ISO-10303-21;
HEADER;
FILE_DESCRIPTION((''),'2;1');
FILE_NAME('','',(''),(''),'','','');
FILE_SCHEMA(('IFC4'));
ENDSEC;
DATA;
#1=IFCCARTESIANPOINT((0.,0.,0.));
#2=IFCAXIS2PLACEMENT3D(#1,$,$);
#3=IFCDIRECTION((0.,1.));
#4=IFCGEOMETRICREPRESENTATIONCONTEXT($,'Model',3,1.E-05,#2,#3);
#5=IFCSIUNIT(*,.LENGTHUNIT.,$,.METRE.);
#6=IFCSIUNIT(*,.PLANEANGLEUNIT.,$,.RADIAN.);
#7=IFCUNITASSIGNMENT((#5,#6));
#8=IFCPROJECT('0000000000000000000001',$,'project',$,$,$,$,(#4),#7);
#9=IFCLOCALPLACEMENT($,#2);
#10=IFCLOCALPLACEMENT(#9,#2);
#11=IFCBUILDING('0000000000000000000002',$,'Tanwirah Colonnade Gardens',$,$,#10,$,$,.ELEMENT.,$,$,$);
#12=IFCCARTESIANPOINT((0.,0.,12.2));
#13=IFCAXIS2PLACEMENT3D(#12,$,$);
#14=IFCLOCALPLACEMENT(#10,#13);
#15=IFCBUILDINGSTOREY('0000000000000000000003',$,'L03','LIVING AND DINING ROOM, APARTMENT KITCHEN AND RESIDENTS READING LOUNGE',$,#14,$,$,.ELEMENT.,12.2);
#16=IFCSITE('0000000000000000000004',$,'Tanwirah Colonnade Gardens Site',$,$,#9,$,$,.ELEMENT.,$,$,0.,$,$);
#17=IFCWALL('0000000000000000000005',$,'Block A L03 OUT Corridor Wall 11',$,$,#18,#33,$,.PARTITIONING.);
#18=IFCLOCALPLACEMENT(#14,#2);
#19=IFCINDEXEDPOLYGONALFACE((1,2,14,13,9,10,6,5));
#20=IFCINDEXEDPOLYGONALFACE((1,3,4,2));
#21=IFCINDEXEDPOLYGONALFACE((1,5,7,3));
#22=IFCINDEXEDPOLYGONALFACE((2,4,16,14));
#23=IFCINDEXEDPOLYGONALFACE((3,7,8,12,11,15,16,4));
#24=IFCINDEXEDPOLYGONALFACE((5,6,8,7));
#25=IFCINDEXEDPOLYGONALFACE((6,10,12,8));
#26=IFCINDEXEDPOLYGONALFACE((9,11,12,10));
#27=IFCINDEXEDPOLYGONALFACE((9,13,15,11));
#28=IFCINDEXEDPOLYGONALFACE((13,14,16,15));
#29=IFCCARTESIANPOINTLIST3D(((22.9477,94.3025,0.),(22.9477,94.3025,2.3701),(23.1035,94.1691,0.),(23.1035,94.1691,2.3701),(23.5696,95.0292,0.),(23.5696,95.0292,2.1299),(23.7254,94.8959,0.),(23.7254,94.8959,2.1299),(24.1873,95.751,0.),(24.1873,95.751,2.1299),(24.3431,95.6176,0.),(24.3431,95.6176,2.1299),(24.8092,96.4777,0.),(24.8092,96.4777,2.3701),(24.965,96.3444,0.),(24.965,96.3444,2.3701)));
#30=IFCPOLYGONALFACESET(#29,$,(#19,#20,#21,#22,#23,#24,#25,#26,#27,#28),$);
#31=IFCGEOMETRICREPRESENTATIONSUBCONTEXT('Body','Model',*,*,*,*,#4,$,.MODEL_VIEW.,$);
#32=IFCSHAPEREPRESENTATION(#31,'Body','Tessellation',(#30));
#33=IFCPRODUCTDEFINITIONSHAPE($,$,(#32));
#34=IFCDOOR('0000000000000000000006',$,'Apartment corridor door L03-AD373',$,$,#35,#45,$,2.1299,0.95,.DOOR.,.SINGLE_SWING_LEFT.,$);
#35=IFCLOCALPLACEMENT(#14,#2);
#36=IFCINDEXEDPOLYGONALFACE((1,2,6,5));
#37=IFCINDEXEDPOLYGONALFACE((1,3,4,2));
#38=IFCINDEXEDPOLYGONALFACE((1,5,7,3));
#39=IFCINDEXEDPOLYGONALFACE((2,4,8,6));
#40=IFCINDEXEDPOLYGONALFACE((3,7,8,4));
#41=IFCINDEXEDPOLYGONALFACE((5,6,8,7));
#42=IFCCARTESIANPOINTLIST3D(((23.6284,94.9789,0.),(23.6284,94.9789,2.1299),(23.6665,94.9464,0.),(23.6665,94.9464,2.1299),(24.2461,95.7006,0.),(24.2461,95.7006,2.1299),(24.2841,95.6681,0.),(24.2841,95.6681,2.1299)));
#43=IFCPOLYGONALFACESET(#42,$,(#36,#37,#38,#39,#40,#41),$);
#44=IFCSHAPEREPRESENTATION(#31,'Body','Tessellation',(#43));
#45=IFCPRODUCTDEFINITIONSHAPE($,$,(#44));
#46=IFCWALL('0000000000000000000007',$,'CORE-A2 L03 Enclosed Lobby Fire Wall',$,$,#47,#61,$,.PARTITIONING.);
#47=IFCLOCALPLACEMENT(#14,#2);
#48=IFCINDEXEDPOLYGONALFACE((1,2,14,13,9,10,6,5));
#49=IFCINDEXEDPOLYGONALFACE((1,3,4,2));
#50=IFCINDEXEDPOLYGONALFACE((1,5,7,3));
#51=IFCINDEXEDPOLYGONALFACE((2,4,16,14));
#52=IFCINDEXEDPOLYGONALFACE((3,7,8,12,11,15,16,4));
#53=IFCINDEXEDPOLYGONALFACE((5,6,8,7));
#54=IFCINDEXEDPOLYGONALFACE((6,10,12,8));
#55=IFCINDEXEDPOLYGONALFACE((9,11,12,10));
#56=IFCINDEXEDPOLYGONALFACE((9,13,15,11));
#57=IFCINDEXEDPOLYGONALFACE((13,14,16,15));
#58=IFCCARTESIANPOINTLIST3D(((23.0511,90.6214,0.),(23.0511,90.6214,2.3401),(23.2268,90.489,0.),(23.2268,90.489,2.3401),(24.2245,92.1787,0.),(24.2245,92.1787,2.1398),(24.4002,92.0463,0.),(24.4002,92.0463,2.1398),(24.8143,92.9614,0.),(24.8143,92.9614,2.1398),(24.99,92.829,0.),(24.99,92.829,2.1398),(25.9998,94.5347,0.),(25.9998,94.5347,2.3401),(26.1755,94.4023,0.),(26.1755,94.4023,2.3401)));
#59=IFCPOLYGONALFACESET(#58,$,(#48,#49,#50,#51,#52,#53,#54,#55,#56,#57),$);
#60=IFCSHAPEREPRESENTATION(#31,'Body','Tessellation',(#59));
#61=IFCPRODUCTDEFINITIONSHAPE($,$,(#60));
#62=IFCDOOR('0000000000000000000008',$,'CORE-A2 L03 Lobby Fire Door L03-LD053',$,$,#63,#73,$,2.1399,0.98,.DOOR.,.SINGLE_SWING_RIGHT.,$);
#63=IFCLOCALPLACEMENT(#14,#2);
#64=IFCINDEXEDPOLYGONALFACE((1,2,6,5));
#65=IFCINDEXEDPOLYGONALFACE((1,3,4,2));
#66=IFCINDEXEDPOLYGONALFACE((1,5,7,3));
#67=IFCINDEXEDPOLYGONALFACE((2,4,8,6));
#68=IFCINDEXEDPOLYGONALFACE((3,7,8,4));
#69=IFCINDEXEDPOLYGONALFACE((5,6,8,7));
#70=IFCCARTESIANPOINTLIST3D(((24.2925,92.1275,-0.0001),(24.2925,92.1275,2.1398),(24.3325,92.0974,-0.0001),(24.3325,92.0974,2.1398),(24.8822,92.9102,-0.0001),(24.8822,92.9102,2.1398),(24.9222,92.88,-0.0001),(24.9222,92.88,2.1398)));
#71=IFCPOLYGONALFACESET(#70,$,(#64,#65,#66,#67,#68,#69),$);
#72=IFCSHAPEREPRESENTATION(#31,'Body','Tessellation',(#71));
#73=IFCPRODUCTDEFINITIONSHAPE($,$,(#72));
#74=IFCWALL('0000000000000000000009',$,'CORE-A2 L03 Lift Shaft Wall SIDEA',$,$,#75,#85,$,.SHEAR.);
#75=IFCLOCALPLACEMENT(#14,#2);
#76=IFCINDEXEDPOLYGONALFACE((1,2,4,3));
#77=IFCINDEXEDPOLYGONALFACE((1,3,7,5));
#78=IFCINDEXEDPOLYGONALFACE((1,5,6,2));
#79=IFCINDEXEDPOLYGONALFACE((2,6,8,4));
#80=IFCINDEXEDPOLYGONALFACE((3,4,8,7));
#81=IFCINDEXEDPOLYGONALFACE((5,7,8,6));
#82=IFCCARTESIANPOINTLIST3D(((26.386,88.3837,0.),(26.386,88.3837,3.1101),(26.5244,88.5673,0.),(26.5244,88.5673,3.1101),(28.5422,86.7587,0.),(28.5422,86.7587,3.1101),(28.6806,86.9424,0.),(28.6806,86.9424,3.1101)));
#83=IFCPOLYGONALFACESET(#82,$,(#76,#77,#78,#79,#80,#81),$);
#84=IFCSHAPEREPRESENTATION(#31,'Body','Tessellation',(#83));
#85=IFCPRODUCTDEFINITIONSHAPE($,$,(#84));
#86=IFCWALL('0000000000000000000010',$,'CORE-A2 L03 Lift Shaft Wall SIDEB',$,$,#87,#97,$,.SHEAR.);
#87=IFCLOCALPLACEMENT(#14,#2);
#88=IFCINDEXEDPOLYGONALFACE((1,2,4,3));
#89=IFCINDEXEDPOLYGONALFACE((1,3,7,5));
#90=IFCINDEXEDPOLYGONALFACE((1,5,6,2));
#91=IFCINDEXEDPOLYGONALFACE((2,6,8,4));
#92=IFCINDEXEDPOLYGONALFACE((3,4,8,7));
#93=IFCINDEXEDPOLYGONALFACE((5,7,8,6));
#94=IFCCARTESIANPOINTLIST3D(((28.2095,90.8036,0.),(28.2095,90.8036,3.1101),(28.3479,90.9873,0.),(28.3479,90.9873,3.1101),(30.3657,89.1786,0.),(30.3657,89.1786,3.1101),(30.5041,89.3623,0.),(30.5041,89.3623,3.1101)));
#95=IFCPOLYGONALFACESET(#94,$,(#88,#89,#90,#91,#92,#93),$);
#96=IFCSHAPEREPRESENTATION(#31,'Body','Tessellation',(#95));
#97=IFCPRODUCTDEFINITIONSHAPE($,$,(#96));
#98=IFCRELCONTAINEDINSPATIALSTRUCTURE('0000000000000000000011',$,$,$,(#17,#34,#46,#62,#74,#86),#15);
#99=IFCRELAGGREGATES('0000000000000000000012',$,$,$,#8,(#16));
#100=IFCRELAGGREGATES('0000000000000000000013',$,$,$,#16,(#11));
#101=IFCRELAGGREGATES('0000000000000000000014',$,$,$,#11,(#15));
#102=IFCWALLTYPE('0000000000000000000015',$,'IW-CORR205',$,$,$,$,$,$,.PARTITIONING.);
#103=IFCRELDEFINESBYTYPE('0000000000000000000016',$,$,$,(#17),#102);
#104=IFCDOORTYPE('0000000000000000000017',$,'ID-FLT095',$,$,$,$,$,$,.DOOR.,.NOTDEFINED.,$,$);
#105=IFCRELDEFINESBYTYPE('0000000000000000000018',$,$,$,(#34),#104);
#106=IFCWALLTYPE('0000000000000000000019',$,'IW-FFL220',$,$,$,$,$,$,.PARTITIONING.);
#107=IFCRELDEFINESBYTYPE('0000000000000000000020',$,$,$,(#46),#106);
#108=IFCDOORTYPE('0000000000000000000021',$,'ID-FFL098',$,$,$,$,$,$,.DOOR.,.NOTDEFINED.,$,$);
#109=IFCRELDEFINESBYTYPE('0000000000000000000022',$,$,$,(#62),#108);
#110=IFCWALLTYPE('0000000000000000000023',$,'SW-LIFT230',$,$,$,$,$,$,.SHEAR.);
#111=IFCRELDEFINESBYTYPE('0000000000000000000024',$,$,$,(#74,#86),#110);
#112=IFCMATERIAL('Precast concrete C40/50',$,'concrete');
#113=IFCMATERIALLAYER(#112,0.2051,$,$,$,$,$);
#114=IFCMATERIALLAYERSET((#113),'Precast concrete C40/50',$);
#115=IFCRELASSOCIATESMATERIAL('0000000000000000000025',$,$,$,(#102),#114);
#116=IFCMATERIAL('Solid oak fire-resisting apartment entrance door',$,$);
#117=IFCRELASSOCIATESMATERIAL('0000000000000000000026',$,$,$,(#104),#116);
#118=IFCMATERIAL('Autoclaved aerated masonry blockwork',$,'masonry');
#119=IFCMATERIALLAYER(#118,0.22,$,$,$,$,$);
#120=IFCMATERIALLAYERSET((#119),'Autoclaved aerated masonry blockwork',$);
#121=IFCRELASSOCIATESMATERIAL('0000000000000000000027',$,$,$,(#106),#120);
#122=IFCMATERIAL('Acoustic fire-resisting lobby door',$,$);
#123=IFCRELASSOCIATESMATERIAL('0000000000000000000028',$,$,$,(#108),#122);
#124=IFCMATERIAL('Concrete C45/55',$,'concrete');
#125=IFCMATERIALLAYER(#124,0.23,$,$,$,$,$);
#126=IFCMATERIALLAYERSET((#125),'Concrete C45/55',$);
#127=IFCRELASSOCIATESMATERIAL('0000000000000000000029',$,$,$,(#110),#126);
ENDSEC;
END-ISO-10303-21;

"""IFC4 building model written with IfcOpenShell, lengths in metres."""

from ifc_helpers import new_model, si_unit, direction, frame, frame_2d, origin, place, context, subcontext, project, spatial, rectangle, extrude, material, layer, layer_set, type_object, element, fill, save


model = new_model("IFC4")

# Units and contexts
model_context = context("Model", 3, precision=1e-05, world=origin(), true_north=direction((0.0, 1.0)))
body_context = subcontext(model_context, "Body", "Model", "MODEL_VIEW")
ifc_project = project(units=[si_unit("LENGTHUNIT", "METRE"), si_unit("PLANEANGLEUNIT", "RADIAN")], contexts=[model_context])

# Site, building, storey
site_placement = place(None, origin())
site = spatial("IfcSite", under=ifc_project, at=site_placement, Name="Tanwirah Colonnade Gardens Site", CompositionType="ELEMENT", RefElevation=0.0)
building_placement = place(site_placement, origin())
building = spatial("IfcBuilding", under=site, at=building_placement, Name="Tanwirah Colonnade Gardens", CompositionType="ELEMENT")
storey_placement = place(building_placement, frame((0.0, 0.0, 12.2)))
storey = spatial("IfcBuildingStorey", under=building, at=storey_placement, Name="L03", Description="LIVING AND DINING ROOM, APARTMENT KITCHEN AND RESIDENTS READING LOUNGE", CompositionType="ELEMENT", Elevation=12.2)

# Shared definitions
ifc_material_1 = material(Name="Precast concrete C40/50", Category="concrete")

# Walls, openings, doors
ifc_layer_1 = layer(ifc_material_1, 0.2051)
ifc_layer_set_1 = layer_set([ifc_layer_1], Name="Precast concrete C40/50")
wall_type_1 = type_object("IfcWallType", Name="IW-CORR205", PredefinedType="PARTITIONING", material=ifc_layer_set_1)
wall_1_placement = place(storey_placement, frame((24.8872, 96.4111, 0.0), z_axis=(0.0, 0.0, 1.0), x_axis=(-0.650194, -0.759768, 0.0)))
wall_1 = element("IfcWall", 1, at=wall_1_placement, inside=storey, type_object=wall_type_1, Name="Block A L03 OUT Corridor Wall 11", PredefinedType="PARTITIONING", context=body_context, shape_type="SweptSolid", body=[
    extrude(rectangle(XDim=2.863, YDim=0.2051, at=frame_2d((1.4316, 0.0))), origin(), (0.0, 0.0, 1.0), 2.3701),
])
opening_1_placement = place(wall_1_placement, frame((0.9565, 0.0, 0.0)))
opening_1 = element("IfcOpeningElement", 2, at=opening_1_placement, cuts=wall_1, PredefinedType="OPENING", context=body_context, shape_type="SweptSolid", body=[
    extrude(rectangle(XDim=0.95, YDim=2.1299, at=frame_2d((0.4751, 1.0649))), frame((0.0, 0.1125, 0.0), z_axis=(0.0, -1.0, 0.0), x_axis=(1.0, 0.0, 0.0)), (0.0, 0.0, 1.0), 0.2251),
])
ifc_material_2 = material(Name="Solid oak fire-resisting apartment entrance door")
door_type_1 = type_object("IfcDoorType", Name="ID-FLT095", OperationType="NOTDEFINED", PredefinedType="DOOR", material=ifc_material_2)
door_1_placement = place(opening_1_placement, origin())
door_1 = element("IfcDoor", 3, at=door_1_placement, inside=storey, type_object=door_type_1, Name="Apartment corridor door L03-AD373", OperationType="SINGLE_SWING_LEFT", OverallHeight=2.1299, OverallWidth=0.95, PredefinedType="DOOR", context=body_context, shape_type="SweptSolid", body=[
    extrude(rectangle(XDim=0.95, YDim=2.1299, at=frame_2d((0.4751, 1.0649))), frame((0.0, 0.0249, 0.0), z_axis=(0.0, -1.0, 0.0), x_axis=(1.0, 0.0, 0.0)), (0.0, 0.0, 1.0), 0.05),
])
fill(opening_1, door_1)
ifc_material_3 = material(Name="Autoclaved aerated masonry blockwork", Category="masonry")
ifc_layer_2 = layer(ifc_material_3, 0.22)
ifc_layer_set_2 = layer_set([ifc_layer_2], Name="Autoclaved aerated masonry blockwork")
wall_type_2 = type_object("IfcWallType", Name="IW-FFL220", PredefinedType="PARTITIONING", material=ifc_layer_set_2)
wall_2_placement = place(storey_placement, frame((23.1389, 90.5552, 0.0), z_axis=(0.0, 0.0, 1.0), x_axis=(0.601792, 0.798653, 0.0)))
wall_2 = element("IfcWall", 4, at=wall_2_placement, inside=storey, type_object=wall_type_2, Name="CORE-A2 L03 Enclosed Lobby Fire Wall", PredefinedType="PARTITIONING", context=body_context, shape_type="SweptSolid", body=[
    extrude(rectangle(XDim=4.8999, YDim=0.22, at=frame_2d((2.45, 0.0))), origin(), (0.0, 0.0, 1.0), 2.3401),
])
opening_2_placement = place(wall_2_placement, frame((1.95, 0.0, 0.0)))
opening_2 = element("IfcOpeningElement", 5, at=opening_2_placement, cuts=wall_2, PredefinedType="OPENING", context=body_context, shape_type="SweptSolid", body=[
    extrude(rectangle(XDim=0.98, YDim=2.1399, at=frame_2d((0.49, 1.0698))), frame((0.0, 0.1199, 0.0), z_axis=(0.0, -1.0, 0.0), x_axis=(1.0, 0.0, 0.0)), (0.0, 0.0, 1.0), 0.24),
])
ifc_material_4 = material(Name="Acoustic fire-resisting lobby door")
door_type_2 = type_object("IfcDoorType", Name="ID-FFL098", OperationType="NOTDEFINED", PredefinedType="DOOR", material=ifc_material_4)
door_2_placement = place(opening_2_placement, origin())
door_2 = element("IfcDoor", 6, at=door_2_placement, inside=storey, type_object=door_type_2, Name="CORE-A2 L03 Lobby Fire Door L03-LD053", OperationType="SINGLE_SWING_RIGHT", OverallHeight=2.1399, OverallWidth=0.98, PredefinedType="DOOR", context=body_context, shape_type="SweptSolid", body=[
    extrude(rectangle(XDim=0.98, YDim=2.1399, at=frame_2d((0.49, 1.0698))), frame((0.0, 0.0249, 0.0), z_axis=(0.0, -1.0, 0.0), x_axis=(1.0, 0.0, 0.0)), (0.0, 0.0, 1.0), 0.05),
])
fill(opening_2, door_2)
ifc_material_5 = material(Name="Concrete C45/55", Category="concrete")
ifc_layer_3 = layer(ifc_material_5, 0.23)
ifc_layer_set_3 = layer_set([ifc_layer_3], Name="Concrete C45/55")
wall_type_3 = type_object("IfcWallType", Name="SW-LIFT230", PredefinedType="SHEAR", material=ifc_layer_set_3)

# Walls
for number, where, z_axis, x_axis, name in (
    (7, (26.4551, 88.4756, 0.0), (0.0, 0.0, 1.0), (0.798609, -0.60185, 0.0), "CORE-A2 L03 Lift Shaft Wall SIDEA"),
    (8, (28.2786, 90.8955, 0.0), (0.0, 0.0, 1.0), (0.798609, -0.60185, 0.0), "CORE-A2 L03 Lift Shaft Wall SIDEB"),
):
    element("IfcWall", number, at=place(storey_placement, frame(where, z_axis=z_axis, x_axis=x_axis)), inside=storey, type_object=wall_type_3, Name=name, PredefinedType="SHEAR", context=body_context, shape_type="SweptSolid", body=[
        extrude(rectangle(XDim=2.7, YDim=0.23, at=frame_2d((1.3501, 0.0))), origin(), (0.0, 0.0, 1.0), 3.1101),
    ])

save(model, "model.ifc")
